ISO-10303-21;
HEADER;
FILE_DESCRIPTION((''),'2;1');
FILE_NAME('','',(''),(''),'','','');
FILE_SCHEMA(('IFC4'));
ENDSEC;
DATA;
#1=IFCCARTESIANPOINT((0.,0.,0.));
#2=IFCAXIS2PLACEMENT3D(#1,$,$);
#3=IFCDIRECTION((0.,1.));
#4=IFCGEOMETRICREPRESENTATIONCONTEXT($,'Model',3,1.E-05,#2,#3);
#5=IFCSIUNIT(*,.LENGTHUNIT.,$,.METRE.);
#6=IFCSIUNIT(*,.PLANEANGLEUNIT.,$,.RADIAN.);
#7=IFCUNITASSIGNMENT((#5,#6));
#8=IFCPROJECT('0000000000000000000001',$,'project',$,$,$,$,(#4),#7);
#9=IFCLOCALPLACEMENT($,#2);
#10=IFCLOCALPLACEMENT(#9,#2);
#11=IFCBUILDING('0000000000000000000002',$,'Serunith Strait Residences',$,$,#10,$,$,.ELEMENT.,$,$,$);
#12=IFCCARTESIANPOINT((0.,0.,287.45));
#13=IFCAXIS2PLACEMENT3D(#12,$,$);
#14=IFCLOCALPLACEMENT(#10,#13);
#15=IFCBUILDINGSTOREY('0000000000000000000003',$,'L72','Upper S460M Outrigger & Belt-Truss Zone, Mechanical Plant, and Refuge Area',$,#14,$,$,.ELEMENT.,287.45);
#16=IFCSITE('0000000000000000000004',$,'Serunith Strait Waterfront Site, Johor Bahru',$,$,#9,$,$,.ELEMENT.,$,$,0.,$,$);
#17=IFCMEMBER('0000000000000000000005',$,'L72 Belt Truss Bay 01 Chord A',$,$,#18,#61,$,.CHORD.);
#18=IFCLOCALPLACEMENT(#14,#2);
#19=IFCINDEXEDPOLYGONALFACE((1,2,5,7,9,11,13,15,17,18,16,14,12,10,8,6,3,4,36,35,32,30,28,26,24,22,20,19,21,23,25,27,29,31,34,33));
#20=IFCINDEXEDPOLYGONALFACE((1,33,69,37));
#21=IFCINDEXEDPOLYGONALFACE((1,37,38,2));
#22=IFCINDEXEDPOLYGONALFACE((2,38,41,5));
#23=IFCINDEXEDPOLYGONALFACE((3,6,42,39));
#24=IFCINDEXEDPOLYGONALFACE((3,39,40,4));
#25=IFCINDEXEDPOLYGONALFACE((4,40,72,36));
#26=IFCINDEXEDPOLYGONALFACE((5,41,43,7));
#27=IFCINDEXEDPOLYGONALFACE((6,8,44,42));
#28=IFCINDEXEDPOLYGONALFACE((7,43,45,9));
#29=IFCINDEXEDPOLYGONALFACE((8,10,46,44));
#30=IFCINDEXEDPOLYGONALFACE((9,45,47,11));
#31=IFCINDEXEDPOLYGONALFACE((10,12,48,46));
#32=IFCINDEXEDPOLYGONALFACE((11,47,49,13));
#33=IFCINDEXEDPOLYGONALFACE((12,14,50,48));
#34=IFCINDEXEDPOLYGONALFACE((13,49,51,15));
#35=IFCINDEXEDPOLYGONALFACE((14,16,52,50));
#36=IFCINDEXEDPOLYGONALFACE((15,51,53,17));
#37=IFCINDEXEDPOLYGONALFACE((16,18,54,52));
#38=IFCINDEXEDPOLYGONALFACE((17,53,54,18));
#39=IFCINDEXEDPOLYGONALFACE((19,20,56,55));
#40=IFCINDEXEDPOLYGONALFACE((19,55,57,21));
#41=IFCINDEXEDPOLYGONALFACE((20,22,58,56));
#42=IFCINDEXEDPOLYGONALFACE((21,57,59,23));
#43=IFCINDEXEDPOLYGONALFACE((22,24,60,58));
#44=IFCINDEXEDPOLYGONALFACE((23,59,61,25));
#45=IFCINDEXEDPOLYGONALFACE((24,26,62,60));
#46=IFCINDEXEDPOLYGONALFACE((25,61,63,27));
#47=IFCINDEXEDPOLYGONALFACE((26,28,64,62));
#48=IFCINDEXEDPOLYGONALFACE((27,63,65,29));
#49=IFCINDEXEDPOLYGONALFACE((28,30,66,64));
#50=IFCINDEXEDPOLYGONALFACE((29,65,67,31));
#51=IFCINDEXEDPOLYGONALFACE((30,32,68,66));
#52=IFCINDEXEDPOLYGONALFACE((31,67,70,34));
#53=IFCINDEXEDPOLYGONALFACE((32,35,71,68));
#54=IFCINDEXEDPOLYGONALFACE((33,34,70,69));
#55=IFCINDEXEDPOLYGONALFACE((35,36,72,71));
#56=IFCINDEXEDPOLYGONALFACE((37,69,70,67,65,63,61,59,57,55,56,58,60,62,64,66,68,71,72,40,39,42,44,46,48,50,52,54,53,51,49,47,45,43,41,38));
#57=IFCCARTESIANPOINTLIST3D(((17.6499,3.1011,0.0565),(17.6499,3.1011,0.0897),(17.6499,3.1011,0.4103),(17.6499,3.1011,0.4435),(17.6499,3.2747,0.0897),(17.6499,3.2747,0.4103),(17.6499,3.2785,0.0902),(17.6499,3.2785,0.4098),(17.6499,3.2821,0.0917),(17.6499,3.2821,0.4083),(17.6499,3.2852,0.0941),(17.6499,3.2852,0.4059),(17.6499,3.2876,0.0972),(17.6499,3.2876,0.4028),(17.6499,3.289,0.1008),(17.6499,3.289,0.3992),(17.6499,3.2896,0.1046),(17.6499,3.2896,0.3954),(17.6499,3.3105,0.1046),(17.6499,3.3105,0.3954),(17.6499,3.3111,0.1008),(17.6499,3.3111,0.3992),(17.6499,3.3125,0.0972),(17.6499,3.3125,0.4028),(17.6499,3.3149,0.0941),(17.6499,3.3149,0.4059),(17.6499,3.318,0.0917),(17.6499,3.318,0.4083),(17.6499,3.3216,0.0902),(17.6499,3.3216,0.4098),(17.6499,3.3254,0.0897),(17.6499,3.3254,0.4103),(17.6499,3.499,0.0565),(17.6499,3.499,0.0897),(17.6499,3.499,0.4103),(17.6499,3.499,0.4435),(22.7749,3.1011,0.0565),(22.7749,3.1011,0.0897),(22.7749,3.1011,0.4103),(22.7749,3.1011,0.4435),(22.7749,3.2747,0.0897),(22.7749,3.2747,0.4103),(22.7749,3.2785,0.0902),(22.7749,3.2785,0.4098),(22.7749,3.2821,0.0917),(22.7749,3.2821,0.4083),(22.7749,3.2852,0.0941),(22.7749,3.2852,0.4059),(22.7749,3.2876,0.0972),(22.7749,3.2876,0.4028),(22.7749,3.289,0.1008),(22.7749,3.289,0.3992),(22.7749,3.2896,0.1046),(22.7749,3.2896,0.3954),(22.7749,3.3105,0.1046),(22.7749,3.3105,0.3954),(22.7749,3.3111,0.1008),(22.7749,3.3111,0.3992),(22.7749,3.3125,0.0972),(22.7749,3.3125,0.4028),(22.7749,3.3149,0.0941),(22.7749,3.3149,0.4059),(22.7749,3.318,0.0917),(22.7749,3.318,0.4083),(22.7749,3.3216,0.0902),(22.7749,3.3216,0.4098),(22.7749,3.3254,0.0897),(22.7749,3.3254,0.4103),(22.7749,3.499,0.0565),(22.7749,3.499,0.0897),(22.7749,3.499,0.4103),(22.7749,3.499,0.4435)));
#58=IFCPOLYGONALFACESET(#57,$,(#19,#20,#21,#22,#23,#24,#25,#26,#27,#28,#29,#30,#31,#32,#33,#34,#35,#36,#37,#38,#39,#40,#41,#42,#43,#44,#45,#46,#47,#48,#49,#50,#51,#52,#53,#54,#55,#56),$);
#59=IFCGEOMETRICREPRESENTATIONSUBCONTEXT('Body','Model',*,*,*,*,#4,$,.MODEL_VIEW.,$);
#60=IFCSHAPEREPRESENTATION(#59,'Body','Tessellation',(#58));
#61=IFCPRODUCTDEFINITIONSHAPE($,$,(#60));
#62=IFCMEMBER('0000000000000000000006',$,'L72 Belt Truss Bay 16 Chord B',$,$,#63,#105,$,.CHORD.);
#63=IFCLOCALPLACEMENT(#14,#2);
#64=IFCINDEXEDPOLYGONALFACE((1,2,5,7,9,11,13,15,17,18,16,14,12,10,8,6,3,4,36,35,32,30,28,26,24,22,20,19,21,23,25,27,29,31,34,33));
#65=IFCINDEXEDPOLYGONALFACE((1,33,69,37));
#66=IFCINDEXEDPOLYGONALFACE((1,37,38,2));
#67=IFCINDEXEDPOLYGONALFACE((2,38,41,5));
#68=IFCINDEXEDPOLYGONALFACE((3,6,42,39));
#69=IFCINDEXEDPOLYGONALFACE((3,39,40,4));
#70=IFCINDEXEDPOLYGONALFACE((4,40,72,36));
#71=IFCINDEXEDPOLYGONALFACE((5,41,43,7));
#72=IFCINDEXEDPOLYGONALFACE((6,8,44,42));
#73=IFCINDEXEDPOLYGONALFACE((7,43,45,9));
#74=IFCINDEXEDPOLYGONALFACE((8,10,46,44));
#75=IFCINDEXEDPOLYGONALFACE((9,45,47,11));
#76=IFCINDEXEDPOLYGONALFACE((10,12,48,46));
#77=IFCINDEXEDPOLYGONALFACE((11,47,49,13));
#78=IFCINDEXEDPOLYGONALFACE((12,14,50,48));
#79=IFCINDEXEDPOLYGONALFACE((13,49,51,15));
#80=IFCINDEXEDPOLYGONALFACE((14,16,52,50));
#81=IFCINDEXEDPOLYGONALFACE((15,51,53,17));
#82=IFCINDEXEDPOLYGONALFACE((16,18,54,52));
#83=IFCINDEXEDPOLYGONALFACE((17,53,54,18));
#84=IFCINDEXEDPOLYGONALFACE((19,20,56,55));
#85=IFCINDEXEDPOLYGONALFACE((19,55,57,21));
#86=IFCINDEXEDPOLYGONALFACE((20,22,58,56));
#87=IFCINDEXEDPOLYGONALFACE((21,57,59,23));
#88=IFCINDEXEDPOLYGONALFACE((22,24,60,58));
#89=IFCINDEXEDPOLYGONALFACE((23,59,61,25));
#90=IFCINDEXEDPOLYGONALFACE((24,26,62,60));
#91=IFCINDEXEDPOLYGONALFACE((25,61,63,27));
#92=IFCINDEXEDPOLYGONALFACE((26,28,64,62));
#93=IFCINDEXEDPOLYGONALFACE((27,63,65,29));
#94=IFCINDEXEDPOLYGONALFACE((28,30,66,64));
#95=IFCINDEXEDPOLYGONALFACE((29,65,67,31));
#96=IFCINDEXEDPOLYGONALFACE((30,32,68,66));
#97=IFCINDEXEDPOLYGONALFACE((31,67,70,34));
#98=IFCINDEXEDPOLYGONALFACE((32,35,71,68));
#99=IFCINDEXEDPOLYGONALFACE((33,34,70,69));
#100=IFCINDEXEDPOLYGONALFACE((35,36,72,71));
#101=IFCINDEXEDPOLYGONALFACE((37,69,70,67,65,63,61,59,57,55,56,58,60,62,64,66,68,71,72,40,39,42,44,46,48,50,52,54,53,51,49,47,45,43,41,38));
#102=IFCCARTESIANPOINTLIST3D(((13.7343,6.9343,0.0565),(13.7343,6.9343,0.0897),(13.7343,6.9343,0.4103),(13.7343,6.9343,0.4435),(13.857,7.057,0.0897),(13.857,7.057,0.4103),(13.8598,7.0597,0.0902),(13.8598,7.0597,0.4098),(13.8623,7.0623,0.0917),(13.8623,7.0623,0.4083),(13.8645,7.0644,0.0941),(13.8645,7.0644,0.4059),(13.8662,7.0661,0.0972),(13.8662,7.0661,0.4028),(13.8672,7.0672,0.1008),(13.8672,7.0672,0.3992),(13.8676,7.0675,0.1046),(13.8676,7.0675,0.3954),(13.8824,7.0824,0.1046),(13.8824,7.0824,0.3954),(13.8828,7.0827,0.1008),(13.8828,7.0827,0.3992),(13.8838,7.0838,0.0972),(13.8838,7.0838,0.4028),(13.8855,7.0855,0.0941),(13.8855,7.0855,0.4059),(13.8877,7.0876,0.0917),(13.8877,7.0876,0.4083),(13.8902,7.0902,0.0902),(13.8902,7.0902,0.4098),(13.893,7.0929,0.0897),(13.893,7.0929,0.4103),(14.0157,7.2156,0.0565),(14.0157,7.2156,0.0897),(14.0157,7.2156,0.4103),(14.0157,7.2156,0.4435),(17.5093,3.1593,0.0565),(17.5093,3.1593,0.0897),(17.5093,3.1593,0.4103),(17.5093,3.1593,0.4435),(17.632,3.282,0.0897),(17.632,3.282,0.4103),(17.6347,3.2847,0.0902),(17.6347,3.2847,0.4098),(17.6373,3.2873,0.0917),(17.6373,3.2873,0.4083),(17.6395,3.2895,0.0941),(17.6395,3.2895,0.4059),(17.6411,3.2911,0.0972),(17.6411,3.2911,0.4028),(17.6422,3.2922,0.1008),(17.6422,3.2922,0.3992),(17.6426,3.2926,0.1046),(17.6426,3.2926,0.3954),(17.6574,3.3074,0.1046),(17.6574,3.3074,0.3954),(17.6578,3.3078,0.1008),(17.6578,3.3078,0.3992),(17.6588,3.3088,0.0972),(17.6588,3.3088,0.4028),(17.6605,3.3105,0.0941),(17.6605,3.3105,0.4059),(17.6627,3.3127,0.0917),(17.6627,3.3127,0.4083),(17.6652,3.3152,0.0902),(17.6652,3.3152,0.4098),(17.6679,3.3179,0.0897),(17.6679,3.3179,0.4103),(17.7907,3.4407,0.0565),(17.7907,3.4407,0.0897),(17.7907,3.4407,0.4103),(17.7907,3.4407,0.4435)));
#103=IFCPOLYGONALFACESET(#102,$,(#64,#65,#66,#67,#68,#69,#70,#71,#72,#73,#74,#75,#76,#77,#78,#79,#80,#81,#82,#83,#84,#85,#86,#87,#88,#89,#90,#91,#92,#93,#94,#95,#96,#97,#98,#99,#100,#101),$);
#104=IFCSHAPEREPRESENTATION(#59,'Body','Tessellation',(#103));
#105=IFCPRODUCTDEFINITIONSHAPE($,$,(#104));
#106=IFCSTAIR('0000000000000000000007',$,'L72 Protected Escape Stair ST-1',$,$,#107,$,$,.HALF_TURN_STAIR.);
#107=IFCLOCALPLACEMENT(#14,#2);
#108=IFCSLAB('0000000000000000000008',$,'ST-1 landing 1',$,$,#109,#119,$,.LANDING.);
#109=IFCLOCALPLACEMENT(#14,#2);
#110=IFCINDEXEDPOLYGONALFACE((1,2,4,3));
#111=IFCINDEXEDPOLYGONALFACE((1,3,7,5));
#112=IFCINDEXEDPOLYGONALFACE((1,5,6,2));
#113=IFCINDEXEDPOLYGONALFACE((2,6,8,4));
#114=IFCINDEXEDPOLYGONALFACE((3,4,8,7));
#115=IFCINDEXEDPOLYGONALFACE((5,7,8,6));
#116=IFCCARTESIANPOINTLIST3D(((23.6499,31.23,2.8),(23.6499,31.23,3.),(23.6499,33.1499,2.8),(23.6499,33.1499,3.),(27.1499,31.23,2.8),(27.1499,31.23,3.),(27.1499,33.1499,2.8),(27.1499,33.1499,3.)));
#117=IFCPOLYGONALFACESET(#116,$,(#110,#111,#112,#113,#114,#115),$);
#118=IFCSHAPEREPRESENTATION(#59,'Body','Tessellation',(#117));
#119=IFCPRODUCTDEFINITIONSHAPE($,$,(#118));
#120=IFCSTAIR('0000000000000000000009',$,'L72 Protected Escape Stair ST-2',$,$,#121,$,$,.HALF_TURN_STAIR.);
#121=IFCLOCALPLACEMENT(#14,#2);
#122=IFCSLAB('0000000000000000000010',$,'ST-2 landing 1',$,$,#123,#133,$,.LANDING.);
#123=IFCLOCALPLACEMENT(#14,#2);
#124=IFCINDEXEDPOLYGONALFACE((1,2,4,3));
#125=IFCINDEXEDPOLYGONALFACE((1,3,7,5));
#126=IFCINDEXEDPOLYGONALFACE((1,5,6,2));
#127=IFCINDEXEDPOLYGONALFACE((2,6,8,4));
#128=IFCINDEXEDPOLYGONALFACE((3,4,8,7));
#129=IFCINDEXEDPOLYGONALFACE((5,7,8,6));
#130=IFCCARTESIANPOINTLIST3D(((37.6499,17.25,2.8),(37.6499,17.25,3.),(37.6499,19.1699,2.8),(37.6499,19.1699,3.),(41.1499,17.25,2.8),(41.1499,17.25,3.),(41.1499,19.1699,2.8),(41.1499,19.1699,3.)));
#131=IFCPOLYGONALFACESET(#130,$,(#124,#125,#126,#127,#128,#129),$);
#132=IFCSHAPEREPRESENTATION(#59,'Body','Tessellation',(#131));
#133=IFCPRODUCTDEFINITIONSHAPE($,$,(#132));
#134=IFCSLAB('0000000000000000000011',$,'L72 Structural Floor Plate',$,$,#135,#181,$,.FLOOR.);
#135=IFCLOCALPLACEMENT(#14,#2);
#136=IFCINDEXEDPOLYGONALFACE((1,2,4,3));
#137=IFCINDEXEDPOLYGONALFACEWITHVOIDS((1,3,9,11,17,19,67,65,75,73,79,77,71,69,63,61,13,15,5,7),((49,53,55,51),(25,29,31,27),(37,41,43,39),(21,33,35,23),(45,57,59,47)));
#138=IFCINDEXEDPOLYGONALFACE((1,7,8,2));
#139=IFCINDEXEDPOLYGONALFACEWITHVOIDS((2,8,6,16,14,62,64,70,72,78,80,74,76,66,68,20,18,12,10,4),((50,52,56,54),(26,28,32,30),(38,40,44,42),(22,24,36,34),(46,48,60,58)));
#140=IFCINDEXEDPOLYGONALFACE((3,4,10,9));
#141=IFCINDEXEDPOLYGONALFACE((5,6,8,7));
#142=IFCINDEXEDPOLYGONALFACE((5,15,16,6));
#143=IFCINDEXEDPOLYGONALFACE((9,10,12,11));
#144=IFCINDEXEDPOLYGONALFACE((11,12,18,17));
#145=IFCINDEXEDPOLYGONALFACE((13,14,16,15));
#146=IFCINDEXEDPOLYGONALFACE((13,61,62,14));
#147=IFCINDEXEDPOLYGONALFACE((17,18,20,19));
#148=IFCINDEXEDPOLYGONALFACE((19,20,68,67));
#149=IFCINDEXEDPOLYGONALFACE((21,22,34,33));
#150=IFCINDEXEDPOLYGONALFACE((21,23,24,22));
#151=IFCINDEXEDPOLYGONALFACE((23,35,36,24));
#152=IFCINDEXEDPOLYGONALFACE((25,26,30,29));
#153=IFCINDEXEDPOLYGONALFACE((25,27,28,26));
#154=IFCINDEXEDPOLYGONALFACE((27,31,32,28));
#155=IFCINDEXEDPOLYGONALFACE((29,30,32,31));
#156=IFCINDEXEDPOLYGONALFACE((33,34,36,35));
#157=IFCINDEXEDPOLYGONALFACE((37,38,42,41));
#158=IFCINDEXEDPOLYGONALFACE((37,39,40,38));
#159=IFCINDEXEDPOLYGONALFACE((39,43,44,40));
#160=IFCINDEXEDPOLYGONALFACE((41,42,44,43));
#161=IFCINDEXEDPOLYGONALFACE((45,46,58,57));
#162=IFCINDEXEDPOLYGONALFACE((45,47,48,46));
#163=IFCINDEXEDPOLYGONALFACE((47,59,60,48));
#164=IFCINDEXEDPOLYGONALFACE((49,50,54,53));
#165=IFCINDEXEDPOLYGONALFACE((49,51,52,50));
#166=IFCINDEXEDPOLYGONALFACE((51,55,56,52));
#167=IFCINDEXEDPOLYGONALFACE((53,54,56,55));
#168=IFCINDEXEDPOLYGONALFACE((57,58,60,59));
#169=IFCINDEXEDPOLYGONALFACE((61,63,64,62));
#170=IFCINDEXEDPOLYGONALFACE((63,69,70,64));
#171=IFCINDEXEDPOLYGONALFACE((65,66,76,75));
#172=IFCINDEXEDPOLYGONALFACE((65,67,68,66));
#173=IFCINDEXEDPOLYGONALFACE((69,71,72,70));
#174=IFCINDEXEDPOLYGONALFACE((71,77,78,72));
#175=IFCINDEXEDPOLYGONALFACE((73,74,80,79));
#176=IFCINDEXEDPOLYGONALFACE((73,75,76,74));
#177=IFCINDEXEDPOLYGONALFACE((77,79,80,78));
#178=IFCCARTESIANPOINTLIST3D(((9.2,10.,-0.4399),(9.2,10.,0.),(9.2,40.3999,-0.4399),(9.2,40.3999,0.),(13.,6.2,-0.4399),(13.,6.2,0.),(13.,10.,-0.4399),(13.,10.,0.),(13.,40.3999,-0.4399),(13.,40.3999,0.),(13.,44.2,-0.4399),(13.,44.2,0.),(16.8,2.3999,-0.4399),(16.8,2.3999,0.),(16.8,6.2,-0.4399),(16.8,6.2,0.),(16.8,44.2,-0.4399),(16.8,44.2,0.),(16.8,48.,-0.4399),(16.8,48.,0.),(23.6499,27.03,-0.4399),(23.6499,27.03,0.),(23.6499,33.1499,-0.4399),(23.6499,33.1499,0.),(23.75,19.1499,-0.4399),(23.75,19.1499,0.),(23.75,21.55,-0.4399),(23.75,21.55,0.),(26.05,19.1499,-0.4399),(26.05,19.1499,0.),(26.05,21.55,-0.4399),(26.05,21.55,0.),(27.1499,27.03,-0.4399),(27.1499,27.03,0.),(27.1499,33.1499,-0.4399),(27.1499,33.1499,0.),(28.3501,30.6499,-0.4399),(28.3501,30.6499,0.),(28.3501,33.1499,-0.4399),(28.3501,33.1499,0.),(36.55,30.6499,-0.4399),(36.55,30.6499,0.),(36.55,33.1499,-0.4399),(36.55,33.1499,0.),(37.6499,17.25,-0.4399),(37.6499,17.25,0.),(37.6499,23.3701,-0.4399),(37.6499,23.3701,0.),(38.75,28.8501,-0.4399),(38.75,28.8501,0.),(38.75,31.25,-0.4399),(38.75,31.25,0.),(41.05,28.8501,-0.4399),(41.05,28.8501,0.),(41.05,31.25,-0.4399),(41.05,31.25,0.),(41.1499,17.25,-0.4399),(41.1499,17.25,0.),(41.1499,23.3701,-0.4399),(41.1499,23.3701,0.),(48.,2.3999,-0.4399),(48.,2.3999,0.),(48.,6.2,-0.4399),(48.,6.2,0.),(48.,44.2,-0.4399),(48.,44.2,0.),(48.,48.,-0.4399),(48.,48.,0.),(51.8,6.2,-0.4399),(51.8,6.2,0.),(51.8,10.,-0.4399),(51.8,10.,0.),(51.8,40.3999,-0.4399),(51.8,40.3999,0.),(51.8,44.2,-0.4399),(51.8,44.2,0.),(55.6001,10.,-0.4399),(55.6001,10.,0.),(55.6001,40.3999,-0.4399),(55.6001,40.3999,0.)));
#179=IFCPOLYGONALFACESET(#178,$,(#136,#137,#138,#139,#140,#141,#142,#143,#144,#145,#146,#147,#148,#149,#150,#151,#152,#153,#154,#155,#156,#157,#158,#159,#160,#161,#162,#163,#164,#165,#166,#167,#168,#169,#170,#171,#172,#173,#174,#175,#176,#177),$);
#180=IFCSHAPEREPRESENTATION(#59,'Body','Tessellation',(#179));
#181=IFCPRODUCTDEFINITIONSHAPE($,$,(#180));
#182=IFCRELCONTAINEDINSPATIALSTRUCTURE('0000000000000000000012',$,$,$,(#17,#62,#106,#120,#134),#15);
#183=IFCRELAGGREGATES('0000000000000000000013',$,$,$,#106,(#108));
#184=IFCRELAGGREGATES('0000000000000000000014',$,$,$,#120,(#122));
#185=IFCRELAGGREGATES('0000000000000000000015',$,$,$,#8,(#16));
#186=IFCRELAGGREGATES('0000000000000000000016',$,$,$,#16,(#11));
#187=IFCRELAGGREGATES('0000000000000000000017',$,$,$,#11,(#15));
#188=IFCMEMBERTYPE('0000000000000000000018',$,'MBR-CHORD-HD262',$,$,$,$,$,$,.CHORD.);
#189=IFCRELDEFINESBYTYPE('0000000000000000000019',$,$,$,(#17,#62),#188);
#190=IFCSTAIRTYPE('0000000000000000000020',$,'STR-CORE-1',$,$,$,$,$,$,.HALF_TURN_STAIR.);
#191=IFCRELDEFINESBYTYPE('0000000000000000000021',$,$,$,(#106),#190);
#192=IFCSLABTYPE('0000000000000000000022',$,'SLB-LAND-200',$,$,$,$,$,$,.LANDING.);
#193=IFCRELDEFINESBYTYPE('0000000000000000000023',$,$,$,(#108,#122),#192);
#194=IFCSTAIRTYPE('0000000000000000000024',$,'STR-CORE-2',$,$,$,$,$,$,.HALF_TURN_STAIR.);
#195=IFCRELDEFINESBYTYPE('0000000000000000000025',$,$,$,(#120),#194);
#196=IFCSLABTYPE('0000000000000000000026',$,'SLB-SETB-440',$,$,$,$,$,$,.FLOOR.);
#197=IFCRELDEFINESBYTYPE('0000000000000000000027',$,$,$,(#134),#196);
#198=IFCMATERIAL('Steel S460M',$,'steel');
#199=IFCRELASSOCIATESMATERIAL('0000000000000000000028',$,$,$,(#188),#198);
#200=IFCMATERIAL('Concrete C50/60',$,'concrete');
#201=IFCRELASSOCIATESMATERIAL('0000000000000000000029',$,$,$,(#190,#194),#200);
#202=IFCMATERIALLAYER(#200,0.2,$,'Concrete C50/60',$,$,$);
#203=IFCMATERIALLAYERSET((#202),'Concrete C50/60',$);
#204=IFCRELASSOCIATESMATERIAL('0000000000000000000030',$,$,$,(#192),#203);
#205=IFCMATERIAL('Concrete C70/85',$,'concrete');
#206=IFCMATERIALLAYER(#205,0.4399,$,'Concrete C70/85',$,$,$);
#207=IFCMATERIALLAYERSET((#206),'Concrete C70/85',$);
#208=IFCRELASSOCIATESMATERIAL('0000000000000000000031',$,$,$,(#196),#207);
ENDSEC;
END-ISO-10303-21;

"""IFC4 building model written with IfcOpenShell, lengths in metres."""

from ifc_helpers import new_model, si_unit, direction, frame, origin, origin_2d, place, context, subcontext, project, spatial, polyline, i_section, outline, extrude, source, transform, mapped, material, layer, layer_set, material_profile, profile_set, type_object, element, aggregate, save


model = new_model("IFC4")

# Units and contexts
model_context = context("Model", 3, precision=1e-05, world=origin(), true_north=direction((0.0, 1.0)))
body_context = subcontext(model_context, "Body", "Model", "MODEL_VIEW")
ifc_project = project(units=[si_unit("LENGTHUNIT", "METRE"), si_unit("PLANEANGLEUNIT", "RADIAN")], contexts=[model_context])

# Site, building, storey
site_placement = place(None, origin())
site = spatial("IfcSite", under=ifc_project, at=site_placement, Name="Serunith Strait Waterfront Site, Johor Bahru", CompositionType="ELEMENT", RefElevation=0.0)
building_placement = place(site_placement, origin())
building = spatial("IfcBuilding", under=site, at=building_placement, Name="Serunith Strait Residences", CompositionType="ELEMENT")
storey_placement = place(building_placement, frame((0.0, 0.0, 287.45)))
storey = spatial("IfcBuildingStorey", under=building, at=storey_placement, Name="L72", Description="Upper S460M Outrigger & Belt-Truss Zone, Mechanical Plant, and Refuge Area", CompositionType="ELEMENT", Elevation=287.45)

# Members
ifc_material_1 = material(Name="Steel S460M", Category="steel")
ifc_material_profile_1 = material_profile(ifc_material_1, i_section(OverallWidth=0.3979, OverallDepth=0.387, WebThickness=0.021, FlangeThickness=0.0332, FilletRadius=0.0149, at=origin_2d()), Name="HD 400x262")
ifc_profile_set_1 = profile_set([ifc_material_profile_1], Name="Steel S460M")
member_type = type_object("IfcMemberType", Name="MBR-CHORD-HD262", PredefinedType="CHORD", material=ifc_profile_set_1)
shared_shape_1 = source(origin(), body_context, "Body", "SweptSolid", [
    extrude(i_section(OverallWidth=0.3979, OverallDepth=0.387, WebThickness=0.021, FlangeThickness=0.0332, FilletRadius=0.0149, at=origin_2d()), origin(), (0.0, 0.0, 1.0), 5.125),
])
member_1_placement = place(storey_placement, frame((17.6499, 3.3, 0.25), z_axis=(1.0, 0.0, 0.0), x_axis=(0.0, 1.0, 0.0)))
element("IfcMember", 1, at=member_1_placement, inside=storey, type_object=member_type, Name="L72 Belt Truss Bay 01 Chord A", PredefinedType="CHORD", context=body_context, shape_type="MappedRepresentation", body=[
    mapped(shared_shape_1, transform((0.0, 0.0, 0.0), scale=1.0)),
])
shared_shape_2 = source(origin(), body_context, "Body", "SweptSolid", [
    extrude(i_section(OverallWidth=0.3979, OverallDepth=0.387, WebThickness=0.021, FlangeThickness=0.0332, FilletRadius=0.0149, at=origin_2d()), origin(), (0.0, 0.0, 1.0), 5.3386),
])
member_2_placement = place(storey_placement, frame((13.875, 7.075, 0.25), z_axis=(0.707107, -0.707107, 0.0), x_axis=(0.707107, 0.707107, 0.0)))
element("IfcMember", 2, at=member_2_placement, inside=storey, type_object=member_type, Name="L72 Belt Truss Bay 16 Chord B", PredefinedType="CHORD", context=body_context, shape_type="MappedRepresentation", body=[
    mapped(shared_shape_2, transform((0.0, 0.0, 0.0), scale=1.0)),
])

# Stairs, slabs
ifc_material_2 = material(Name="Concrete C50/60", Category="concrete")
stair_type_1 = type_object("IfcStairType", Name="STR-CORE-1", PredefinedType="HALF_TURN_STAIR", material=ifc_material_2)
stair_1_placement = place(storey_placement, origin())
stair_1 = element("IfcStair", 3, at=stair_1_placement, inside=storey, type_object=stair_type_1, Name="L72 Protected Escape Stair ST-1", PredefinedType="HALF_TURN_STAIR")
ifc_layer_1 = layer(ifc_material_2, 0.2, Name="Concrete C50/60")
ifc_layer_set_1 = layer_set([ifc_layer_1], Name="Concrete C50/60")
slab_type_1 = type_object("IfcSlabType", Name="SLB-LAND-200", PredefinedType="LANDING", material=ifc_layer_set_1)
slab_1_placement = place(storey_placement, frame((0.0, 0.0, 2.8)))
slab_1 = element("IfcSlab", 4, at=slab_1_placement, type_object=slab_type_1, Name="ST-1 landing 1", PredefinedType="LANDING", context=body_context, shape_type="SweptSolid", body=[
    extrude(outline(polyline([(27.1499, 31.23), (27.1499, 33.1499), (23.6499, 33.1499), (23.6499, 31.23), (27.1499, 31.23)])), origin(), (0.0, 0.0, 1.0), 0.2),
])
aggregate(stair_1, [slab_1])
stair_type_2 = type_object("IfcStairType", Name="STR-CORE-2", PredefinedType="HALF_TURN_STAIR", material=ifc_material_2)
stair_2_placement = place(storey_placement, origin())
stair_2 = element("IfcStair", 5, at=stair_2_placement, inside=storey, type_object=stair_type_2, Name="L72 Protected Escape Stair ST-2", PredefinedType="HALF_TURN_STAIR")
slab_2_placement = place(storey_placement, frame((0.0, 0.0, 2.8)))
slab_2 = element("IfcSlab", 6, at=slab_2_placement, type_object=slab_type_1, Name="ST-2 landing 1", PredefinedType="LANDING", context=body_context, shape_type="SweptSolid", body=[
    extrude(outline(polyline([(37.6499, 19.1699), (37.6499, 17.25), (41.1499, 17.25), (41.1499, 19.1699), (37.6499, 19.1699)])), origin(), (0.0, 0.0, 1.0), 0.2),
])
aggregate(stair_2, [slab_2])

# Slab
ifc_material_3 = material(Name="Concrete C70/85", Category="concrete")
ifc_layer_2 = layer(ifc_material_3, 0.4399, Name="Concrete C70/85")
ifc_layer_set_2 = layer_set([ifc_layer_2], Name="Concrete C70/85")
slab_type_2 = type_object("IfcSlabType", Name="SLB-SETB-440", PredefinedType="FLOOR", material=ifc_layer_set_2)
slab_3_placement = place(storey_placement, frame((0.0, 0.0, -0.4399)))
element("IfcSlab", 7, at=slab_3_placement, inside=storey, type_object=slab_type_2, Name="L72 Structural Floor Plate", PredefinedType="FLOOR", context=body_context, shape_type="SweptSolid", body=[
    extrude(outline(polyline([(16.8, 6.2), (13.0, 6.2), (13.0, 10.0), (9.2, 10.0), (9.2, 40.3999), (13.0, 40.3999), (13.0, 44.2), (16.8, 44.2), (16.8, 48.0), (48.0, 48.0), (48.0, 44.2), (51.8, 44.2), (51.8, 40.3999), (55.6001, 40.3999), (55.6001, 10.0), (51.8, 10.0), (51.8, 6.2), (48.0, 6.2), (48.0, 2.3999), (16.8, 2.3999), (16.8, 6.2)]), holes=[polyline([(41.1499, 23.3701), (37.6499, 23.3701), (37.6499, 17.25), (41.1499, 17.25), (41.1499, 23.3701)]), polyline([(38.75, 31.25), (38.75, 28.8501), (41.05, 28.8501), (41.05, 31.25), (38.75, 31.25)]), polyline([(36.55, 33.1499), (28.3501, 33.1499), (28.3501, 30.6499), (36.55, 30.6499), (36.55, 33.1499)]), polyline([(23.6499, 33.1499), (23.6499, 27.03), (27.1499, 27.03), (27.1499, 33.1499), (23.6499, 33.1499)]), polyline([(23.75, 21.55), (23.75, 19.1499), (26.05, 19.1499), (26.05, 21.55), (23.75, 21.55)])]), origin(), (0.0, 0.0, 1.0), 0.4399),
])

save(model, "model.ifc")
